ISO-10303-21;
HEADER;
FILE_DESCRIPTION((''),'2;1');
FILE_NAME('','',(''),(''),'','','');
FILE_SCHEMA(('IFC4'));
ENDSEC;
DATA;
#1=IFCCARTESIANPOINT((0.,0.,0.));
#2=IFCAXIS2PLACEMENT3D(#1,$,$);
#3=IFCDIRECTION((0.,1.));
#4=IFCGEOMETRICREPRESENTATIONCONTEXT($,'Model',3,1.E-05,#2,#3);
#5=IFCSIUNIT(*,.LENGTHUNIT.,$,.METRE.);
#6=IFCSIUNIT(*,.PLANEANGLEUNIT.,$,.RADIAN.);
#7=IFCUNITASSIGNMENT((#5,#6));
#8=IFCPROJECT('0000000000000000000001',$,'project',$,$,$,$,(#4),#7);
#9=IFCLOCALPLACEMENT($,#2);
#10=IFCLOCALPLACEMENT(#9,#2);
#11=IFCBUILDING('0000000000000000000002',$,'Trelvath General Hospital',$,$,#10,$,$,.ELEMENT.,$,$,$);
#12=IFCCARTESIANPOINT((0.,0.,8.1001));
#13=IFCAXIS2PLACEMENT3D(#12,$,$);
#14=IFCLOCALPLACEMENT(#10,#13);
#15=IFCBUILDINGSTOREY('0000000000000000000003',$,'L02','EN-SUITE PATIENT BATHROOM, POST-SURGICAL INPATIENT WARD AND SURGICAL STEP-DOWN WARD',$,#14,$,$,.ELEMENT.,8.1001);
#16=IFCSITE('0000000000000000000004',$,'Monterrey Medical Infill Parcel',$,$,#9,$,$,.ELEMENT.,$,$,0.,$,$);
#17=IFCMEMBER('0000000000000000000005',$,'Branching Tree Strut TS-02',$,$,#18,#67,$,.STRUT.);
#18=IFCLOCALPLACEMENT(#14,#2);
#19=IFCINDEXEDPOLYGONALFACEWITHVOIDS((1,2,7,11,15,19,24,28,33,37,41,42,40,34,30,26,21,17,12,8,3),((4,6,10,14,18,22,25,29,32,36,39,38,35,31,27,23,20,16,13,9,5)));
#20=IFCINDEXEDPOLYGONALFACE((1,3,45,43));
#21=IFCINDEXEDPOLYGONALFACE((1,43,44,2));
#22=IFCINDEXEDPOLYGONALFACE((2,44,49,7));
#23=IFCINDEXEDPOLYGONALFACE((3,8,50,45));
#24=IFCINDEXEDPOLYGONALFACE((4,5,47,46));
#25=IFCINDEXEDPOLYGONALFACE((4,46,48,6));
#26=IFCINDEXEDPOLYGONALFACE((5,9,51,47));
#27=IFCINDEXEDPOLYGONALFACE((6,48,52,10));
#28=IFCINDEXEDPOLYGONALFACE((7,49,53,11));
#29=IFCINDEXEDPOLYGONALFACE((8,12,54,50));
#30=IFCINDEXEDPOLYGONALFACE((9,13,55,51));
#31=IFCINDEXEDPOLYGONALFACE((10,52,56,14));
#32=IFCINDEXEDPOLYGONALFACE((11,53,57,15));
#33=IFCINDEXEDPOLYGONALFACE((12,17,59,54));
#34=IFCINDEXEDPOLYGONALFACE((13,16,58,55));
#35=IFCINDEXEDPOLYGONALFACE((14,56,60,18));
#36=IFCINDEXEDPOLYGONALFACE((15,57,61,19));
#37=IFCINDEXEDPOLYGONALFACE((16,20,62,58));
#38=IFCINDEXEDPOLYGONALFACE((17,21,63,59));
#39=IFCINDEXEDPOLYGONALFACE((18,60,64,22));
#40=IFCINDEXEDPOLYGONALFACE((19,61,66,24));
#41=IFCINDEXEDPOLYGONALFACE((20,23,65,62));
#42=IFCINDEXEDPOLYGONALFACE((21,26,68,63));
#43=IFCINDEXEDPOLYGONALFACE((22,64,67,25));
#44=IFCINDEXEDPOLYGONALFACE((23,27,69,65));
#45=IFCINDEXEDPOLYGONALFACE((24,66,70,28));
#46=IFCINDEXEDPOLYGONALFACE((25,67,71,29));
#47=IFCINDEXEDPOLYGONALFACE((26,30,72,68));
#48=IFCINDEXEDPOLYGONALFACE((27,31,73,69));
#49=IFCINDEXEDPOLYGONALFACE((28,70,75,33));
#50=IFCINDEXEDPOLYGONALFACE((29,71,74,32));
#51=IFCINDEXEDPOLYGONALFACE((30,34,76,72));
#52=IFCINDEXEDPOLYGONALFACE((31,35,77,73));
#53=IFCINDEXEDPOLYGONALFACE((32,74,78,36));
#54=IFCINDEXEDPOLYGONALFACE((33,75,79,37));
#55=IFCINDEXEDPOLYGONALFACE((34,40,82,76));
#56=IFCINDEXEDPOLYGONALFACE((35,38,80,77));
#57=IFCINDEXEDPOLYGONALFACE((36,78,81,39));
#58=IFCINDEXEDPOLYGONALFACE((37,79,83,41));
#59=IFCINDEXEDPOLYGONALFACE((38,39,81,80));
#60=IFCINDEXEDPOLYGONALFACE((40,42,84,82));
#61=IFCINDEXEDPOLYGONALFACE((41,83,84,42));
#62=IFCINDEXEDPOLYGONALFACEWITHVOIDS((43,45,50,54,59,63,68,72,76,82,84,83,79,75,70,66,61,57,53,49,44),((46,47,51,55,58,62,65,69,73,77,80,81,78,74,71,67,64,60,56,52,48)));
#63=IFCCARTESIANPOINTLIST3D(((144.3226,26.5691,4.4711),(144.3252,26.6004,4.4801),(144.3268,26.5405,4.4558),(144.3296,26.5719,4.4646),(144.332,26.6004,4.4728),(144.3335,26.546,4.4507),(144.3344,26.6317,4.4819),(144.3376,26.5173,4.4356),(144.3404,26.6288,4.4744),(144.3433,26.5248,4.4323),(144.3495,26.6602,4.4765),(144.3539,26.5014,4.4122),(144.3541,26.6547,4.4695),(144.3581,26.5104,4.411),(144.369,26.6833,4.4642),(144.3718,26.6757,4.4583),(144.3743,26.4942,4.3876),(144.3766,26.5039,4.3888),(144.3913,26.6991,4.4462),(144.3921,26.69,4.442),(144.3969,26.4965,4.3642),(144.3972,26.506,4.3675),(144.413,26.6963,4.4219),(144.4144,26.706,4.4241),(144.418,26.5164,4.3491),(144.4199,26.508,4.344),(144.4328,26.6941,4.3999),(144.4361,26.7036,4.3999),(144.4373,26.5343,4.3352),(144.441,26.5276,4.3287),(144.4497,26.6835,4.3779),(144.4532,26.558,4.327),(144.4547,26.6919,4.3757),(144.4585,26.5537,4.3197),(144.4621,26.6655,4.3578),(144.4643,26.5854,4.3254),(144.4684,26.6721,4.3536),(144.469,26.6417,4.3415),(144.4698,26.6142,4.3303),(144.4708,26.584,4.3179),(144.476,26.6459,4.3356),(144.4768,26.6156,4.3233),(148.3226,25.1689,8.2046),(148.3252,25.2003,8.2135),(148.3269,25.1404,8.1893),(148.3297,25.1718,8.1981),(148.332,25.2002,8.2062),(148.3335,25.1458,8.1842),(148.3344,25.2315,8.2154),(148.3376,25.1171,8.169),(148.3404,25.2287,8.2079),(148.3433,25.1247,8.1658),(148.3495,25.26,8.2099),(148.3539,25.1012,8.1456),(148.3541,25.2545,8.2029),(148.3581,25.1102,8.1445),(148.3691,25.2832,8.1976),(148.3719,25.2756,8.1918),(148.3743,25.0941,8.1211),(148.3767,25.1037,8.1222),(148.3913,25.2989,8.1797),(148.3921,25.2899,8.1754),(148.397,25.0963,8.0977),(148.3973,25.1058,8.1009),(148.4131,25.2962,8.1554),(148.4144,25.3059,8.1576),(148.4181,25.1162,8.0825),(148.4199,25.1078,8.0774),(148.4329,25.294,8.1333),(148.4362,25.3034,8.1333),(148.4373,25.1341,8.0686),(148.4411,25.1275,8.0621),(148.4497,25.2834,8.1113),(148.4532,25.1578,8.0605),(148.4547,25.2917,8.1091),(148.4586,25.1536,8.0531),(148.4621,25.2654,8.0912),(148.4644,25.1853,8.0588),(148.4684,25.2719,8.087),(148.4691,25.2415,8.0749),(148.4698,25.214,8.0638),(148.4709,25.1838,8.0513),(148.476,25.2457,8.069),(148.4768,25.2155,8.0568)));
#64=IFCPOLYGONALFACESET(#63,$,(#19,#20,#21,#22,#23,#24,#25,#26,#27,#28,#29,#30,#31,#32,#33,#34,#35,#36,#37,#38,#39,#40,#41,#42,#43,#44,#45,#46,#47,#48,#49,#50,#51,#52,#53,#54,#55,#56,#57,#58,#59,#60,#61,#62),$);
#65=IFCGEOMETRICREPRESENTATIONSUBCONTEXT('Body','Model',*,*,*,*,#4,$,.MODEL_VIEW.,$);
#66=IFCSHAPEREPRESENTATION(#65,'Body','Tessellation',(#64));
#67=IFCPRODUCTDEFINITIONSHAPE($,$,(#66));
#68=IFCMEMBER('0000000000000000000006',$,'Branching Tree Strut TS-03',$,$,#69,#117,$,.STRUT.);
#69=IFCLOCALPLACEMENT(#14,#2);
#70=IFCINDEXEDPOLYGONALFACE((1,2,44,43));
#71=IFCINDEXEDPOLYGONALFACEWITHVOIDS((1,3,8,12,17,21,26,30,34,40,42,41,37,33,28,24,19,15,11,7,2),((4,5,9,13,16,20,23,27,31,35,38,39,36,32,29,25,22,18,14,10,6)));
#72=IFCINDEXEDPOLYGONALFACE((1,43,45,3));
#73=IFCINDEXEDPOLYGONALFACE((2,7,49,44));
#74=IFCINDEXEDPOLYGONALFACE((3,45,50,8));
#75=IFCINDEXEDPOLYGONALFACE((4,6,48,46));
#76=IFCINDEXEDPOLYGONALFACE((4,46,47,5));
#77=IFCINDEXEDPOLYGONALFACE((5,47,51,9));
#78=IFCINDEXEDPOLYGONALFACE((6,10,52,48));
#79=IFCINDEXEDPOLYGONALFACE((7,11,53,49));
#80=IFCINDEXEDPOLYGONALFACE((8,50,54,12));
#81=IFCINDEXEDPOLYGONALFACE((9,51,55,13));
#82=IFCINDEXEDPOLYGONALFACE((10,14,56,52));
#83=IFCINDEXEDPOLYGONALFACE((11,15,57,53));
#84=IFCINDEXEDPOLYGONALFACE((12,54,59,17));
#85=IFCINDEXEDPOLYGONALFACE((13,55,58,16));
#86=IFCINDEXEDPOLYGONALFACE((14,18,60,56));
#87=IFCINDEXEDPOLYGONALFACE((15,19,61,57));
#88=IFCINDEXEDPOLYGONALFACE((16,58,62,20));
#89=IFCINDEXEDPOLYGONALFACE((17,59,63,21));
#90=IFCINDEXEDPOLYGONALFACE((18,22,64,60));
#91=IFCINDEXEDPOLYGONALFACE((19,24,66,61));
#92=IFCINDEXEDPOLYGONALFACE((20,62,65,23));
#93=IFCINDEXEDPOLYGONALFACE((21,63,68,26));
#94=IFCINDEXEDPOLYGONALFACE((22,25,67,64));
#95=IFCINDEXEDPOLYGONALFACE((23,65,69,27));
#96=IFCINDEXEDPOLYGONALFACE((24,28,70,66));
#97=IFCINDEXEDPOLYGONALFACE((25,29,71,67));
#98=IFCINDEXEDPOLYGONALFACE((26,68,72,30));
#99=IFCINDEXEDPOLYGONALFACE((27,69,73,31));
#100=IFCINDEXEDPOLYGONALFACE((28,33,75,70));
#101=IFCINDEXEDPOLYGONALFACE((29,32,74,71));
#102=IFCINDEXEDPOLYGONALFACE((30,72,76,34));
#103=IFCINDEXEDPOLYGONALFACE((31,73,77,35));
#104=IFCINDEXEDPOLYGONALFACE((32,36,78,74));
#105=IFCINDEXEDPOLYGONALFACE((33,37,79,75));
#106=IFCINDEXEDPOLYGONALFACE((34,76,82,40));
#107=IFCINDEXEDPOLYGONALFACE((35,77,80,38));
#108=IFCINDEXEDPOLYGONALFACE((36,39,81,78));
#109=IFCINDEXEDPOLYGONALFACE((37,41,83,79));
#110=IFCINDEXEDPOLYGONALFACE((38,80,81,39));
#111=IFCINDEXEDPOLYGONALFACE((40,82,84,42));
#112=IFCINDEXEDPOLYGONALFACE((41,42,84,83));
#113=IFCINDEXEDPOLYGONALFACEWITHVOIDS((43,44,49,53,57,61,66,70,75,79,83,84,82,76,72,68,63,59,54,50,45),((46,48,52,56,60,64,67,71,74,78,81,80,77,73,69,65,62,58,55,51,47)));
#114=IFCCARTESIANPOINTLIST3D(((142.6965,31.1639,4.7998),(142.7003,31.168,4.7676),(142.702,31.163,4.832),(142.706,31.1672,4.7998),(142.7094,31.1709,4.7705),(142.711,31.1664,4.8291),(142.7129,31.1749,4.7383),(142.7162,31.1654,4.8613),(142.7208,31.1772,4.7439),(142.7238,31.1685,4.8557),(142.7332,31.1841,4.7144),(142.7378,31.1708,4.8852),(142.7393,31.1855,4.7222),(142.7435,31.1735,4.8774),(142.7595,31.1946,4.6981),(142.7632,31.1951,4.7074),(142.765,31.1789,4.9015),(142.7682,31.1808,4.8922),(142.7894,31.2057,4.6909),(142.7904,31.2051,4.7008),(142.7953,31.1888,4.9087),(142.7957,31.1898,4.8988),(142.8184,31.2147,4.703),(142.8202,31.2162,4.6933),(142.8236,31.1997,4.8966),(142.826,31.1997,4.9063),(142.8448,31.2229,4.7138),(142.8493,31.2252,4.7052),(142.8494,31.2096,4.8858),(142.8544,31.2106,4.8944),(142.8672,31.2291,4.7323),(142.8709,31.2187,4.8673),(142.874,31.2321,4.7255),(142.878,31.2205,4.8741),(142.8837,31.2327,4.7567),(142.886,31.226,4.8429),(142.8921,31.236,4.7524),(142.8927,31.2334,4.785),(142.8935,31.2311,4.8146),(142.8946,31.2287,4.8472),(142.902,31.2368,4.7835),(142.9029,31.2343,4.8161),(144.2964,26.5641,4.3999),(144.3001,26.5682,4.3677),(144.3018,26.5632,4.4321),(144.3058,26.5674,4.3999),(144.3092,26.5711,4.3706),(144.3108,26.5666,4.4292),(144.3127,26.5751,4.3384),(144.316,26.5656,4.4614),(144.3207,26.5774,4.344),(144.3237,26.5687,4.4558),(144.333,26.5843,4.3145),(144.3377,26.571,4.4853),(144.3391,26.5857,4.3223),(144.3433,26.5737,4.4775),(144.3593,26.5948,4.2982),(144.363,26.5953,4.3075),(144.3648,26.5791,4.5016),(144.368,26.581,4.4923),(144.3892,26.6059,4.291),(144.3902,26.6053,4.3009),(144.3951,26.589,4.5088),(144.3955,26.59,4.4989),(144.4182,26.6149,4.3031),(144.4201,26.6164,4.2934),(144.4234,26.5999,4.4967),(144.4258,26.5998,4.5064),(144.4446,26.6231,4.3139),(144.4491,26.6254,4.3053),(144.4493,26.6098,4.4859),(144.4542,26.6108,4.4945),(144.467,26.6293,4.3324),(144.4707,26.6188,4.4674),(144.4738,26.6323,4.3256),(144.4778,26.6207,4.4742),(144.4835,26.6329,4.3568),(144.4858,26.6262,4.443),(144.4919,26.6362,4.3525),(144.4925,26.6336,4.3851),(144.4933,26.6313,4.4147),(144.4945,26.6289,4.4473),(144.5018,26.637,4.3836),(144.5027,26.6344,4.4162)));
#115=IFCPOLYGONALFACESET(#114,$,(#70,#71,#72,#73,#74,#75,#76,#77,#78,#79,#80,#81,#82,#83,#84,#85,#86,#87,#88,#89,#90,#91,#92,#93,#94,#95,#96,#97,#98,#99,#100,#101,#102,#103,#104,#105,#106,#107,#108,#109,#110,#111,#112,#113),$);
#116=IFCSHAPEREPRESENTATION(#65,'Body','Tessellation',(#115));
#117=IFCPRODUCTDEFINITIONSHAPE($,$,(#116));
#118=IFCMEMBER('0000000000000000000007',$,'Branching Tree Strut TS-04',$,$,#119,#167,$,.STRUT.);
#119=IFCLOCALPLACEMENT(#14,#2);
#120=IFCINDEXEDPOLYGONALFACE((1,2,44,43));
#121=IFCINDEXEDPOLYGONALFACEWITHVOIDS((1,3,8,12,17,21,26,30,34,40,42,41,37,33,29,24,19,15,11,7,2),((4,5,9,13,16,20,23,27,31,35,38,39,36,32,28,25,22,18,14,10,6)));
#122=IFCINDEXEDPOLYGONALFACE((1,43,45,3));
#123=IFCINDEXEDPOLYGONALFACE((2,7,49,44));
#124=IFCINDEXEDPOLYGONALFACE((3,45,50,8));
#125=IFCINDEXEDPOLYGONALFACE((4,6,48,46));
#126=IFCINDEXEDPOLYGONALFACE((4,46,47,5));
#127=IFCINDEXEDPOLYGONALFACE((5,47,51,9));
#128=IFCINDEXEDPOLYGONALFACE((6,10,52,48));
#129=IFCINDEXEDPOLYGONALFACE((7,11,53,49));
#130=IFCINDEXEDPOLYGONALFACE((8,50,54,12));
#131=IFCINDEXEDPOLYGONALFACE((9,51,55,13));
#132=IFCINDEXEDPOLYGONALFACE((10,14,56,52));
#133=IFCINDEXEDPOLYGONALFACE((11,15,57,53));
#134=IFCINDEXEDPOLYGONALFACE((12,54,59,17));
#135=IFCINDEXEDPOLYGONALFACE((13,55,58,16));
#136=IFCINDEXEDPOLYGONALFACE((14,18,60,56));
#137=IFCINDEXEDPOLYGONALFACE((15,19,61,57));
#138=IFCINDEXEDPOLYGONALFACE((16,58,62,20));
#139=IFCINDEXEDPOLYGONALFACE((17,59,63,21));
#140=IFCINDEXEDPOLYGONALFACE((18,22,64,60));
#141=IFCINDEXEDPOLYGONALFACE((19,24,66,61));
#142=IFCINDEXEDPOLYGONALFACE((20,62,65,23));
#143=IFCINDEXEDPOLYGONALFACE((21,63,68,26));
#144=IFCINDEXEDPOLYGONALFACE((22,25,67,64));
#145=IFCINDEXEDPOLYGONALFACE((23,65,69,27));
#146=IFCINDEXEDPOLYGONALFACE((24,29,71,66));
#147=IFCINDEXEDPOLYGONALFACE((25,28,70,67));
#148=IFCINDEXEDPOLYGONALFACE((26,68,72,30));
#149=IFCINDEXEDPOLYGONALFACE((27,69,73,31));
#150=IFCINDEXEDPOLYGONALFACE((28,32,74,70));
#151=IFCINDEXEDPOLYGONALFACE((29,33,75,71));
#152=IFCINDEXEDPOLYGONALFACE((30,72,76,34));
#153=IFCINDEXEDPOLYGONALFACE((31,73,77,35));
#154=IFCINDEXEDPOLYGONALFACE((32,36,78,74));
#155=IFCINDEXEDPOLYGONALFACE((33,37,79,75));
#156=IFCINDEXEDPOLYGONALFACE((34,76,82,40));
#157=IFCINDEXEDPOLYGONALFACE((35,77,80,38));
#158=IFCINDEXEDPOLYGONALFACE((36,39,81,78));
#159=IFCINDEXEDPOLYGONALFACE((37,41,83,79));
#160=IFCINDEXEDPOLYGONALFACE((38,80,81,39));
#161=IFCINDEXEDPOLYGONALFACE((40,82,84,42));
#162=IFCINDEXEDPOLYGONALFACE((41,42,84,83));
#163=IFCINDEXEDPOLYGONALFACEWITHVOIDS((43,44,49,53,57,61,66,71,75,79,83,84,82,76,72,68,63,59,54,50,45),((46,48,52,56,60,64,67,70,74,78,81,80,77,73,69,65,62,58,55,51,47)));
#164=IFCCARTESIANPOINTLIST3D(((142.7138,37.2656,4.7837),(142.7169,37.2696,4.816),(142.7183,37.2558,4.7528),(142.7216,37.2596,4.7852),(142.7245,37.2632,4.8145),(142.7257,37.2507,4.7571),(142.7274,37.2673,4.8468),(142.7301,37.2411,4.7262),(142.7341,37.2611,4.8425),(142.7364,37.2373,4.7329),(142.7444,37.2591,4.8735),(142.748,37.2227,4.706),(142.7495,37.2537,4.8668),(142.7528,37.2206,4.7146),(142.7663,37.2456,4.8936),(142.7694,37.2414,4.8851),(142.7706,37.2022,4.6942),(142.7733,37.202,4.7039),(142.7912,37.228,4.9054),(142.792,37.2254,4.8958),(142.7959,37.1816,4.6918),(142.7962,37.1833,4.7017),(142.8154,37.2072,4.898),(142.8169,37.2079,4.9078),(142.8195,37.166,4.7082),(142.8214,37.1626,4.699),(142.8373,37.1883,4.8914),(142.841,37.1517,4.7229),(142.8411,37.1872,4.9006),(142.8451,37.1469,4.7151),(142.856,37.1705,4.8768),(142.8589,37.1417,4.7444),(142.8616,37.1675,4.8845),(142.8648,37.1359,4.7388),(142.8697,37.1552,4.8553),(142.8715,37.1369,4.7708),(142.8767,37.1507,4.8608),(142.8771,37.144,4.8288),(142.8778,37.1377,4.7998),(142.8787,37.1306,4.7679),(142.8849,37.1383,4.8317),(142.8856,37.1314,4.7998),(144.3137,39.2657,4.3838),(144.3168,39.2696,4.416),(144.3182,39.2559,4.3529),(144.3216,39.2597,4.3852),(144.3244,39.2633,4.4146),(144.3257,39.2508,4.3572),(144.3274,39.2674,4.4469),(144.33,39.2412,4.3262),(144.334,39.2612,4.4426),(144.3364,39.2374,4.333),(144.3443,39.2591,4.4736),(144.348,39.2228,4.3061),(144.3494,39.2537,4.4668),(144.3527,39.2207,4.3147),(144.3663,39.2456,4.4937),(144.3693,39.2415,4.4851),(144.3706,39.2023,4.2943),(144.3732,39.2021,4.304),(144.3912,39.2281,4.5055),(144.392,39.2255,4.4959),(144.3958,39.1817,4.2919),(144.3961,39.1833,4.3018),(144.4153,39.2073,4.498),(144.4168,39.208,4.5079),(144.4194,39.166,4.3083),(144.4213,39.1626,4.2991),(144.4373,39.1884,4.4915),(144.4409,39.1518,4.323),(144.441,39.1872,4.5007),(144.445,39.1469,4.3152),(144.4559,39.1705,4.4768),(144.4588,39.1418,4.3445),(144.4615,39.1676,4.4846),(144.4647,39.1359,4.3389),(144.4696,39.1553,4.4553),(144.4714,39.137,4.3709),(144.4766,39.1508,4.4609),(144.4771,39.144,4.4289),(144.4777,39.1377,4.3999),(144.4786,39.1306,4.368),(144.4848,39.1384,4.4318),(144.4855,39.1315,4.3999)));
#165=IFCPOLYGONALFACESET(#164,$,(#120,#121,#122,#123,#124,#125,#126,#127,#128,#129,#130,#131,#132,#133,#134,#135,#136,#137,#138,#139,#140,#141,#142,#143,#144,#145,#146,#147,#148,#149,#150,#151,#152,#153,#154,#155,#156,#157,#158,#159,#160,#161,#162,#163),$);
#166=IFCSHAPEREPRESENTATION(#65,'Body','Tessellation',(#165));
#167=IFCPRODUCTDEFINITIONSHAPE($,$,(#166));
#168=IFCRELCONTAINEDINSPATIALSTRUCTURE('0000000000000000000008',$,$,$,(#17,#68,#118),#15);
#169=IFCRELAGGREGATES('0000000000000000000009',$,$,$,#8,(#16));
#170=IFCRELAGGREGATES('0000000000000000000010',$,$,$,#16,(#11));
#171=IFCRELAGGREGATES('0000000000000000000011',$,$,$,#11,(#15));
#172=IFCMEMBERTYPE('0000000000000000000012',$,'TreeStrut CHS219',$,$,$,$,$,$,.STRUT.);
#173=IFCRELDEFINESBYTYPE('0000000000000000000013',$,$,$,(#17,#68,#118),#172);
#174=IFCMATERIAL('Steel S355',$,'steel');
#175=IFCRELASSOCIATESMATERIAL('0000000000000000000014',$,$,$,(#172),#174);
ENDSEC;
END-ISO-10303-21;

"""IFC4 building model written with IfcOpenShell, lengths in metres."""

from ifc_helpers import new_model, si_unit, direction, frame, origin, origin_2d, place, context, subcontext, project, spatial, hollow_circle, extrude, material, material_profile, profile_set, type_object, element, save


model = new_model("IFC4")

# Units and contexts
model_context = context("Model", 3, precision=1e-05, world=origin(), true_north=direction((0.0, 1.0)))
body_context = subcontext(model_context, "Body", "Model", "MODEL_VIEW")
ifc_project = project(units=[si_unit("LENGTHUNIT", "METRE"), si_unit("PLANEANGLEUNIT", "RADIAN")], contexts=[model_context])

# Site, building, storey
site_placement = place(None, origin())
site = spatial("IfcSite", under=ifc_project, at=site_placement, Name="Monterrey Medical Infill Parcel", CompositionType="ELEMENT", RefElevation=0.0)
building_placement = place(site_placement, origin())
building = spatial("IfcBuilding", under=site, at=building_placement, Name="Trelvath General Hospital", CompositionType="ELEMENT")
storey_placement = place(building_placement, frame((0.0, 0.0, 8.1001)))
storey = spatial("IfcBuildingStorey", under=building, at=storey_placement, Name="L02", Description="EN-SUITE PATIENT BATHROOM, POST-SURGICAL INPATIENT WARD AND SURGICAL STEP-DOWN WARD", CompositionType="ELEMENT", Elevation=8.1001)

# Members
ifc_material_1 = material(Name="Steel S355", Category="steel")
ifc_material_profile_1 = material_profile(ifc_material_1, hollow_circle(Radius=0.1096, WallThickness=0.01, at=origin_2d()), Name="CHS219.1x10.0")
ifc_profile_set_1 = profile_set([ifc_material_profile_1], Name="Steel S355")
member_type_1 = type_object("IfcMemberType", Name="TreeStrut CHS219", PredefinedType="STRUT", material=ifc_profile_set_1)
member_1_placement = place(storey_placement, frame((144.3999, 26.6001, 4.3999), z_axis=(0.708229, -0.247906, 0.661025), x_axis=(0.330381, 0.943848, 0.0)))
element("IfcMember", 1, at=member_1_placement, inside=storey, type_object=member_type_1, Name="Branching Tree Strut TS-02", PredefinedType="STRUT", context=body_context, shape_type="SweptSolid", body=[
    extrude(hollow_circle(Radius=0.1096, WallThickness=0.01, at=origin_2d()), origin(), (0.0, 0.0, 1.0), 5.6479),
])
member_2_placement = place(storey_placement, frame((144.3999, 26.6001, 4.3999), z_axis=(-0.327401, 0.941335, 0.081838), x_axis=(-0.944503, -0.328503, 0.0)))
element("IfcMember", 2, at=member_2_placement, inside=storey, type_object=member_type_1, Name="Branching Tree Strut TS-03", PredefinedType="STRUT", context=body_context, shape_type="SweptSolid", body=[
    extrude(hollow_circle(Radius=0.1096, WallThickness=0.01, at=origin_2d()), origin(), (0.0, 0.0, 1.0), 4.8865),
])
member_3_placement = place(storey_placement, frame((144.3999, 39.2, 4.3999), z_axis=(-0.617182, -0.771548, 0.154272), x_axis=(0.780897, -0.62466, 0.0)))
element("IfcMember", 3, at=member_3_placement, inside=storey, type_object=member_type_1, Name="Branching Tree Strut TS-04", PredefinedType="STRUT", context=body_context, shape_type="SweptSolid", body=[
    extrude(hollow_circle(Radius=0.1096, WallThickness=0.01, at=origin_2d()), origin(), (0.0, 0.0, 1.0), 2.5923),
])

save(model, "model.ifc")
